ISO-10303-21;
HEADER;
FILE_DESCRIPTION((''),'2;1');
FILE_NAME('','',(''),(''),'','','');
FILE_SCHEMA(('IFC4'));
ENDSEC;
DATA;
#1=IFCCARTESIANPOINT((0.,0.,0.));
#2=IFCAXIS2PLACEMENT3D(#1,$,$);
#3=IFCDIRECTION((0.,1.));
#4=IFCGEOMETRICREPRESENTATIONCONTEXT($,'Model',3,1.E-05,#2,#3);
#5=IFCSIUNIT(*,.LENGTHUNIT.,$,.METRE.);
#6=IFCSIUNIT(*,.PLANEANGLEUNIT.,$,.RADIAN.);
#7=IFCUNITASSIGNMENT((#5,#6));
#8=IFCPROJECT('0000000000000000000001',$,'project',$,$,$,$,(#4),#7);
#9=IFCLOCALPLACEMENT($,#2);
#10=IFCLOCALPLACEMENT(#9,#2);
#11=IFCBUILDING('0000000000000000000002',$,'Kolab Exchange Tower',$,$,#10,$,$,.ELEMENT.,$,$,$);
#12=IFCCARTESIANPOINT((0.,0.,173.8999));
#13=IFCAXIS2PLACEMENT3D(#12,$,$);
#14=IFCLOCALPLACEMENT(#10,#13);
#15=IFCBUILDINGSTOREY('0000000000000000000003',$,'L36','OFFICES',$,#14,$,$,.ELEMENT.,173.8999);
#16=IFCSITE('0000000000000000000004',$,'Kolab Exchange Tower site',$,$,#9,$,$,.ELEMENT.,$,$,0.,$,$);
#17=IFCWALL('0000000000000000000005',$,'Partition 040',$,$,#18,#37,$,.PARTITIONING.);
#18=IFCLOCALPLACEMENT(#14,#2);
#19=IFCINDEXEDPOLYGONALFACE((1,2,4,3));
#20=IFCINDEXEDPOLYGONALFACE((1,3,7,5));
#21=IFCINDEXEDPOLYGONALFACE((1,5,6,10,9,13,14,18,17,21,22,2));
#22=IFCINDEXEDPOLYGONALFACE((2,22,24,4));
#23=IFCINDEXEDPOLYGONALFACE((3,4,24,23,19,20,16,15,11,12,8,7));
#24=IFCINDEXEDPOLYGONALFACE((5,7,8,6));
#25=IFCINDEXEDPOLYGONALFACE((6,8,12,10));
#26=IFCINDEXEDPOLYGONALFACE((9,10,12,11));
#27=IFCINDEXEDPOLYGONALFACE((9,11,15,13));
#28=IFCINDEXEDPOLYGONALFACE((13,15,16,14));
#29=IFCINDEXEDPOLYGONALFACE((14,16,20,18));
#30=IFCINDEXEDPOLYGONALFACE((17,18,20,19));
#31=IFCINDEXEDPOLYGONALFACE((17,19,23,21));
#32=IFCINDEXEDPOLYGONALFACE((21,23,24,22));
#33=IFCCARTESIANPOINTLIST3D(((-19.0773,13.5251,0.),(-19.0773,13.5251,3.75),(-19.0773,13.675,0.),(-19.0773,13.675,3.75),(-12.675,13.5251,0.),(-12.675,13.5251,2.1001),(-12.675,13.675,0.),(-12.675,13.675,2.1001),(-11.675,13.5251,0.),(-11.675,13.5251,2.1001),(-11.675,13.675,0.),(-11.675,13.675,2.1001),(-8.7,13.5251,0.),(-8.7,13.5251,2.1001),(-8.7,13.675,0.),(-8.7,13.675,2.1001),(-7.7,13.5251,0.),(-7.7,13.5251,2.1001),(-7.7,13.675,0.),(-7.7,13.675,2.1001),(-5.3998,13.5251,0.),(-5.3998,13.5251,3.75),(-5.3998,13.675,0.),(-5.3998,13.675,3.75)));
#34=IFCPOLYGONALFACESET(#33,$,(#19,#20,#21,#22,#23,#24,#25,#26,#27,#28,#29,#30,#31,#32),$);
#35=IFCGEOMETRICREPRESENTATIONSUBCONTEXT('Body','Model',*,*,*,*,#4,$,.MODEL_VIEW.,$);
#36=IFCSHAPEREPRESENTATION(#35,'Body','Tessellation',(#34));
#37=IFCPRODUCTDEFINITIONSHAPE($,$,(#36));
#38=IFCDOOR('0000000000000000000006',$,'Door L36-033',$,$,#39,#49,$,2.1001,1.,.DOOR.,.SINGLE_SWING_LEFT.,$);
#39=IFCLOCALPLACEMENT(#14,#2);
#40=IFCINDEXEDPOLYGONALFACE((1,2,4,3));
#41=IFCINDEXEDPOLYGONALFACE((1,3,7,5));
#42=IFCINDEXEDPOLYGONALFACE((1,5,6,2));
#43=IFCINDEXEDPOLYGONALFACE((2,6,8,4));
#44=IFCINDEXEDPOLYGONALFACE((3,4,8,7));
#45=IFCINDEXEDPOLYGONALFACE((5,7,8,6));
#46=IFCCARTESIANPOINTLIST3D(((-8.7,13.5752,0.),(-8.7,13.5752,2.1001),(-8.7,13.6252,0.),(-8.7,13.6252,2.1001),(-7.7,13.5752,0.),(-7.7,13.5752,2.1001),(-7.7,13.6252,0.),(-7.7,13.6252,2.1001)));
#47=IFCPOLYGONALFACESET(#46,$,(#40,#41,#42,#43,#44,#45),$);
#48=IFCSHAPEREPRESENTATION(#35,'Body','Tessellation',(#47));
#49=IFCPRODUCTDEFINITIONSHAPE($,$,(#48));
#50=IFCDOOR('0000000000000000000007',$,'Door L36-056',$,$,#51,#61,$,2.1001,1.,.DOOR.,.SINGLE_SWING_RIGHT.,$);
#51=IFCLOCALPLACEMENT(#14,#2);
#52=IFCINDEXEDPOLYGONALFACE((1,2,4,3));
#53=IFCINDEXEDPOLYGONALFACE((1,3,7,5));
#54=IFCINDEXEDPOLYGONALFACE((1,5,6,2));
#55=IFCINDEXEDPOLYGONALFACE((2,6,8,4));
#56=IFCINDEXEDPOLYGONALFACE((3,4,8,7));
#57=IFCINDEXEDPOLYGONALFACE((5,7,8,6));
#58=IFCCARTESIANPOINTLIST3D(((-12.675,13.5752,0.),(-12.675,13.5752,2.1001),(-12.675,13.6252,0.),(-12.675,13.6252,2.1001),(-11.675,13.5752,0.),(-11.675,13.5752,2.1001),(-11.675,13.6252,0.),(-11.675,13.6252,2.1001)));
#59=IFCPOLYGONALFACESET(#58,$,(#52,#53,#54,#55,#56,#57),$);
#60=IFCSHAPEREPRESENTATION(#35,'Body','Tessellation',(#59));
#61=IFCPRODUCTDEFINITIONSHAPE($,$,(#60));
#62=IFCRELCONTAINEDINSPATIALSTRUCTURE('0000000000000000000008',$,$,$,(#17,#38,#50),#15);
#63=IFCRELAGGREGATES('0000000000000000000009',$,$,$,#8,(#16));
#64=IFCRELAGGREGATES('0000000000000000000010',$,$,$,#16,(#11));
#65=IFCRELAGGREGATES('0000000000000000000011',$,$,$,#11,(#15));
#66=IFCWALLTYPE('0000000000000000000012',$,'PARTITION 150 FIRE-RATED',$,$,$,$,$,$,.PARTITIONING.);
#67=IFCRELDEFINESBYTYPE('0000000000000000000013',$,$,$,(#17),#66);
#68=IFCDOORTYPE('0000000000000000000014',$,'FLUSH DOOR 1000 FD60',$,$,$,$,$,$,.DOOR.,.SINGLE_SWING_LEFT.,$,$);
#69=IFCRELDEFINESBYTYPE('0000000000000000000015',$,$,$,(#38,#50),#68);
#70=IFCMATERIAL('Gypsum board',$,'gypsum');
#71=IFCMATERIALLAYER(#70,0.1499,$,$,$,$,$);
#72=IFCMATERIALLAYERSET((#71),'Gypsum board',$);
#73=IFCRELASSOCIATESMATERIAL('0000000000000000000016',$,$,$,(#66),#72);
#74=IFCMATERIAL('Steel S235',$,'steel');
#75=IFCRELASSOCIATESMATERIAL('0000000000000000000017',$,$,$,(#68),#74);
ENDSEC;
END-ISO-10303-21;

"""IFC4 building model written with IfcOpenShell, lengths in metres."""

from ifc_helpers import new_model, si_unit, direction, frame, frame_2d, origin, place, context, subcontext, project, spatial, rectangle, extrude, material, layer, layer_set, type_object, element, fill, save


model = new_model("IFC4")

# Units and contexts
model_context = context("Model", 3, precision=1e-05, world=origin(), true_north=direction((0.0, 1.0)))
body_context = subcontext(model_context, "Body", "Model", "MODEL_VIEW")
ifc_project = project(units=[si_unit("LENGTHUNIT", "METRE"), si_unit("PLANEANGLEUNIT", "RADIAN")], contexts=[model_context])

# Site, building, storey
site_placement = place(None, origin())
site = spatial("IfcSite", under=ifc_project, at=site_placement, Name="Kolab Exchange Tower site", CompositionType="ELEMENT", RefElevation=0.0)
building_placement = place(site_placement, origin())
building = spatial("IfcBuilding", under=site, at=building_placement, Name="Kolab Exchange Tower", CompositionType="ELEMENT")
storey_placement = place(building_placement, frame((0.0, 0.0, 173.8999)))
storey = spatial("IfcBuildingStorey", under=building, at=storey_placement, Name="L36", Description="OFFICES", CompositionType="ELEMENT", Elevation=173.8999)

# Shared definitions
ifc_material_1 = material(Name="Gypsum board", Category="gypsum")

# Wall, openings, doors
ifc_layer_1 = layer(ifc_material_1, 0.1499)
ifc_layer_set_1 = layer_set([ifc_layer_1], Name="Gypsum board")
wall_type_1 = type_object("IfcWallType", Name="PARTITION 150 FIRE-RATED", PredefinedType="PARTITIONING", material=ifc_layer_set_1)
wall_1_placement = place(storey_placement, frame((-19.0774, 13.6001, 0.0), z_axis=(0.0, 0.0, 1.0), x_axis=(1.0, 0.0, 0.0)))
wall_1 = element("IfcWall", 1, at=wall_1_placement, inside=storey, type_object=wall_type_1, Name="Partition 040", PredefinedType="PARTITIONING", context=body_context, shape_type="SweptSolid", body=[
    extrude(rectangle(XDim=13.6775, YDim=0.1499, at=frame_2d((6.8389, 0.0))), origin(), (0.0, 0.0, 1.0), 3.75),
])
opening_1_placement = place(wall_1_placement, frame((10.3774, 0.0, 0.0)))
opening_1 = element("IfcOpeningElement", 2, at=opening_1_placement, cuts=wall_1, PredefinedType="OPENING", context=body_context, shape_type="SweptSolid", body=[
    extrude(rectangle(XDim=1.0, YDim=2.1001, at=frame_2d((0.5, 1.05))), frame((0.0, 0.085, 0.0), z_axis=(0.0, -1.0, 0.0), x_axis=(1.0, 0.0, 0.0)), (0.0, 0.0, 1.0), 0.1699),
])
opening_2_placement = place(wall_1_placement, frame((6.4023, 0.0, 0.0)))
opening_2 = element("IfcOpeningElement", 3, at=opening_2_placement, cuts=wall_1, PredefinedType="OPENING", context=body_context, shape_type="SweptSolid", body=[
    extrude(rectangle(XDim=1.0, YDim=2.1001, at=frame_2d((0.5, 1.05))), frame((0.0, 0.085, 0.0), z_axis=(0.0, -1.0, 0.0), x_axis=(1.0, 0.0, 0.0)), (0.0, 0.0, 1.0), 0.1699),
])
ifc_material_2 = material(Name="Steel S235", Category="steel")
door_type = type_object("IfcDoorType", Name="FLUSH DOOR 1000 FD60", OperationType="SINGLE_SWING_LEFT", PredefinedType="DOOR", material=ifc_material_2)
door_1_placement = place(opening_1_placement, frame((1.0, 0.0, 0.0), z_axis=(0.0, 0.0, 1.0), x_axis=(-1.0, 0.0, 0.0)))
door_1 = element("IfcDoor", 4, at=door_1_placement, inside=storey, type_object=door_type, Name="Door L36-033", OperationType="SINGLE_SWING_LEFT", OverallHeight=2.1001, OverallWidth=1.0, PredefinedType="DOOR", context=body_context, shape_type="SweptSolid", body=[
    extrude(rectangle(XDim=1.0, YDim=2.1001, at=frame_2d((0.5, 1.05))), frame((0.0, 0.0249, 0.0), z_axis=(0.0, -1.0, 0.0), x_axis=(1.0, 0.0, 0.0)), (0.0, 0.0, 1.0), 0.05),
])
fill(opening_1, door_1)
door_2_placement = place(opening_2_placement, frame((1.0, 0.0, 0.0), z_axis=(0.0, 0.0, 1.0), x_axis=(-1.0, 0.0, 0.0)))
door_2 = element("IfcDoor", 5, at=door_2_placement, inside=storey, type_object=door_type, Name="Door L36-056", OperationType="SINGLE_SWING_RIGHT", OverallHeight=2.1001, OverallWidth=1.0, PredefinedType="DOOR", context=body_context, shape_type="SweptSolid", body=[
    extrude(rectangle(XDim=1.0, YDim=2.1001, at=frame_2d((0.5, 1.05))), frame((0.0, 0.0249, 0.0), z_axis=(0.0, -1.0, 0.0), x_axis=(1.0, 0.0, 0.0)), (0.0, 0.0, 1.0), 0.05),
])
fill(opening_2, door_2)

save(model, "model.ifc")
